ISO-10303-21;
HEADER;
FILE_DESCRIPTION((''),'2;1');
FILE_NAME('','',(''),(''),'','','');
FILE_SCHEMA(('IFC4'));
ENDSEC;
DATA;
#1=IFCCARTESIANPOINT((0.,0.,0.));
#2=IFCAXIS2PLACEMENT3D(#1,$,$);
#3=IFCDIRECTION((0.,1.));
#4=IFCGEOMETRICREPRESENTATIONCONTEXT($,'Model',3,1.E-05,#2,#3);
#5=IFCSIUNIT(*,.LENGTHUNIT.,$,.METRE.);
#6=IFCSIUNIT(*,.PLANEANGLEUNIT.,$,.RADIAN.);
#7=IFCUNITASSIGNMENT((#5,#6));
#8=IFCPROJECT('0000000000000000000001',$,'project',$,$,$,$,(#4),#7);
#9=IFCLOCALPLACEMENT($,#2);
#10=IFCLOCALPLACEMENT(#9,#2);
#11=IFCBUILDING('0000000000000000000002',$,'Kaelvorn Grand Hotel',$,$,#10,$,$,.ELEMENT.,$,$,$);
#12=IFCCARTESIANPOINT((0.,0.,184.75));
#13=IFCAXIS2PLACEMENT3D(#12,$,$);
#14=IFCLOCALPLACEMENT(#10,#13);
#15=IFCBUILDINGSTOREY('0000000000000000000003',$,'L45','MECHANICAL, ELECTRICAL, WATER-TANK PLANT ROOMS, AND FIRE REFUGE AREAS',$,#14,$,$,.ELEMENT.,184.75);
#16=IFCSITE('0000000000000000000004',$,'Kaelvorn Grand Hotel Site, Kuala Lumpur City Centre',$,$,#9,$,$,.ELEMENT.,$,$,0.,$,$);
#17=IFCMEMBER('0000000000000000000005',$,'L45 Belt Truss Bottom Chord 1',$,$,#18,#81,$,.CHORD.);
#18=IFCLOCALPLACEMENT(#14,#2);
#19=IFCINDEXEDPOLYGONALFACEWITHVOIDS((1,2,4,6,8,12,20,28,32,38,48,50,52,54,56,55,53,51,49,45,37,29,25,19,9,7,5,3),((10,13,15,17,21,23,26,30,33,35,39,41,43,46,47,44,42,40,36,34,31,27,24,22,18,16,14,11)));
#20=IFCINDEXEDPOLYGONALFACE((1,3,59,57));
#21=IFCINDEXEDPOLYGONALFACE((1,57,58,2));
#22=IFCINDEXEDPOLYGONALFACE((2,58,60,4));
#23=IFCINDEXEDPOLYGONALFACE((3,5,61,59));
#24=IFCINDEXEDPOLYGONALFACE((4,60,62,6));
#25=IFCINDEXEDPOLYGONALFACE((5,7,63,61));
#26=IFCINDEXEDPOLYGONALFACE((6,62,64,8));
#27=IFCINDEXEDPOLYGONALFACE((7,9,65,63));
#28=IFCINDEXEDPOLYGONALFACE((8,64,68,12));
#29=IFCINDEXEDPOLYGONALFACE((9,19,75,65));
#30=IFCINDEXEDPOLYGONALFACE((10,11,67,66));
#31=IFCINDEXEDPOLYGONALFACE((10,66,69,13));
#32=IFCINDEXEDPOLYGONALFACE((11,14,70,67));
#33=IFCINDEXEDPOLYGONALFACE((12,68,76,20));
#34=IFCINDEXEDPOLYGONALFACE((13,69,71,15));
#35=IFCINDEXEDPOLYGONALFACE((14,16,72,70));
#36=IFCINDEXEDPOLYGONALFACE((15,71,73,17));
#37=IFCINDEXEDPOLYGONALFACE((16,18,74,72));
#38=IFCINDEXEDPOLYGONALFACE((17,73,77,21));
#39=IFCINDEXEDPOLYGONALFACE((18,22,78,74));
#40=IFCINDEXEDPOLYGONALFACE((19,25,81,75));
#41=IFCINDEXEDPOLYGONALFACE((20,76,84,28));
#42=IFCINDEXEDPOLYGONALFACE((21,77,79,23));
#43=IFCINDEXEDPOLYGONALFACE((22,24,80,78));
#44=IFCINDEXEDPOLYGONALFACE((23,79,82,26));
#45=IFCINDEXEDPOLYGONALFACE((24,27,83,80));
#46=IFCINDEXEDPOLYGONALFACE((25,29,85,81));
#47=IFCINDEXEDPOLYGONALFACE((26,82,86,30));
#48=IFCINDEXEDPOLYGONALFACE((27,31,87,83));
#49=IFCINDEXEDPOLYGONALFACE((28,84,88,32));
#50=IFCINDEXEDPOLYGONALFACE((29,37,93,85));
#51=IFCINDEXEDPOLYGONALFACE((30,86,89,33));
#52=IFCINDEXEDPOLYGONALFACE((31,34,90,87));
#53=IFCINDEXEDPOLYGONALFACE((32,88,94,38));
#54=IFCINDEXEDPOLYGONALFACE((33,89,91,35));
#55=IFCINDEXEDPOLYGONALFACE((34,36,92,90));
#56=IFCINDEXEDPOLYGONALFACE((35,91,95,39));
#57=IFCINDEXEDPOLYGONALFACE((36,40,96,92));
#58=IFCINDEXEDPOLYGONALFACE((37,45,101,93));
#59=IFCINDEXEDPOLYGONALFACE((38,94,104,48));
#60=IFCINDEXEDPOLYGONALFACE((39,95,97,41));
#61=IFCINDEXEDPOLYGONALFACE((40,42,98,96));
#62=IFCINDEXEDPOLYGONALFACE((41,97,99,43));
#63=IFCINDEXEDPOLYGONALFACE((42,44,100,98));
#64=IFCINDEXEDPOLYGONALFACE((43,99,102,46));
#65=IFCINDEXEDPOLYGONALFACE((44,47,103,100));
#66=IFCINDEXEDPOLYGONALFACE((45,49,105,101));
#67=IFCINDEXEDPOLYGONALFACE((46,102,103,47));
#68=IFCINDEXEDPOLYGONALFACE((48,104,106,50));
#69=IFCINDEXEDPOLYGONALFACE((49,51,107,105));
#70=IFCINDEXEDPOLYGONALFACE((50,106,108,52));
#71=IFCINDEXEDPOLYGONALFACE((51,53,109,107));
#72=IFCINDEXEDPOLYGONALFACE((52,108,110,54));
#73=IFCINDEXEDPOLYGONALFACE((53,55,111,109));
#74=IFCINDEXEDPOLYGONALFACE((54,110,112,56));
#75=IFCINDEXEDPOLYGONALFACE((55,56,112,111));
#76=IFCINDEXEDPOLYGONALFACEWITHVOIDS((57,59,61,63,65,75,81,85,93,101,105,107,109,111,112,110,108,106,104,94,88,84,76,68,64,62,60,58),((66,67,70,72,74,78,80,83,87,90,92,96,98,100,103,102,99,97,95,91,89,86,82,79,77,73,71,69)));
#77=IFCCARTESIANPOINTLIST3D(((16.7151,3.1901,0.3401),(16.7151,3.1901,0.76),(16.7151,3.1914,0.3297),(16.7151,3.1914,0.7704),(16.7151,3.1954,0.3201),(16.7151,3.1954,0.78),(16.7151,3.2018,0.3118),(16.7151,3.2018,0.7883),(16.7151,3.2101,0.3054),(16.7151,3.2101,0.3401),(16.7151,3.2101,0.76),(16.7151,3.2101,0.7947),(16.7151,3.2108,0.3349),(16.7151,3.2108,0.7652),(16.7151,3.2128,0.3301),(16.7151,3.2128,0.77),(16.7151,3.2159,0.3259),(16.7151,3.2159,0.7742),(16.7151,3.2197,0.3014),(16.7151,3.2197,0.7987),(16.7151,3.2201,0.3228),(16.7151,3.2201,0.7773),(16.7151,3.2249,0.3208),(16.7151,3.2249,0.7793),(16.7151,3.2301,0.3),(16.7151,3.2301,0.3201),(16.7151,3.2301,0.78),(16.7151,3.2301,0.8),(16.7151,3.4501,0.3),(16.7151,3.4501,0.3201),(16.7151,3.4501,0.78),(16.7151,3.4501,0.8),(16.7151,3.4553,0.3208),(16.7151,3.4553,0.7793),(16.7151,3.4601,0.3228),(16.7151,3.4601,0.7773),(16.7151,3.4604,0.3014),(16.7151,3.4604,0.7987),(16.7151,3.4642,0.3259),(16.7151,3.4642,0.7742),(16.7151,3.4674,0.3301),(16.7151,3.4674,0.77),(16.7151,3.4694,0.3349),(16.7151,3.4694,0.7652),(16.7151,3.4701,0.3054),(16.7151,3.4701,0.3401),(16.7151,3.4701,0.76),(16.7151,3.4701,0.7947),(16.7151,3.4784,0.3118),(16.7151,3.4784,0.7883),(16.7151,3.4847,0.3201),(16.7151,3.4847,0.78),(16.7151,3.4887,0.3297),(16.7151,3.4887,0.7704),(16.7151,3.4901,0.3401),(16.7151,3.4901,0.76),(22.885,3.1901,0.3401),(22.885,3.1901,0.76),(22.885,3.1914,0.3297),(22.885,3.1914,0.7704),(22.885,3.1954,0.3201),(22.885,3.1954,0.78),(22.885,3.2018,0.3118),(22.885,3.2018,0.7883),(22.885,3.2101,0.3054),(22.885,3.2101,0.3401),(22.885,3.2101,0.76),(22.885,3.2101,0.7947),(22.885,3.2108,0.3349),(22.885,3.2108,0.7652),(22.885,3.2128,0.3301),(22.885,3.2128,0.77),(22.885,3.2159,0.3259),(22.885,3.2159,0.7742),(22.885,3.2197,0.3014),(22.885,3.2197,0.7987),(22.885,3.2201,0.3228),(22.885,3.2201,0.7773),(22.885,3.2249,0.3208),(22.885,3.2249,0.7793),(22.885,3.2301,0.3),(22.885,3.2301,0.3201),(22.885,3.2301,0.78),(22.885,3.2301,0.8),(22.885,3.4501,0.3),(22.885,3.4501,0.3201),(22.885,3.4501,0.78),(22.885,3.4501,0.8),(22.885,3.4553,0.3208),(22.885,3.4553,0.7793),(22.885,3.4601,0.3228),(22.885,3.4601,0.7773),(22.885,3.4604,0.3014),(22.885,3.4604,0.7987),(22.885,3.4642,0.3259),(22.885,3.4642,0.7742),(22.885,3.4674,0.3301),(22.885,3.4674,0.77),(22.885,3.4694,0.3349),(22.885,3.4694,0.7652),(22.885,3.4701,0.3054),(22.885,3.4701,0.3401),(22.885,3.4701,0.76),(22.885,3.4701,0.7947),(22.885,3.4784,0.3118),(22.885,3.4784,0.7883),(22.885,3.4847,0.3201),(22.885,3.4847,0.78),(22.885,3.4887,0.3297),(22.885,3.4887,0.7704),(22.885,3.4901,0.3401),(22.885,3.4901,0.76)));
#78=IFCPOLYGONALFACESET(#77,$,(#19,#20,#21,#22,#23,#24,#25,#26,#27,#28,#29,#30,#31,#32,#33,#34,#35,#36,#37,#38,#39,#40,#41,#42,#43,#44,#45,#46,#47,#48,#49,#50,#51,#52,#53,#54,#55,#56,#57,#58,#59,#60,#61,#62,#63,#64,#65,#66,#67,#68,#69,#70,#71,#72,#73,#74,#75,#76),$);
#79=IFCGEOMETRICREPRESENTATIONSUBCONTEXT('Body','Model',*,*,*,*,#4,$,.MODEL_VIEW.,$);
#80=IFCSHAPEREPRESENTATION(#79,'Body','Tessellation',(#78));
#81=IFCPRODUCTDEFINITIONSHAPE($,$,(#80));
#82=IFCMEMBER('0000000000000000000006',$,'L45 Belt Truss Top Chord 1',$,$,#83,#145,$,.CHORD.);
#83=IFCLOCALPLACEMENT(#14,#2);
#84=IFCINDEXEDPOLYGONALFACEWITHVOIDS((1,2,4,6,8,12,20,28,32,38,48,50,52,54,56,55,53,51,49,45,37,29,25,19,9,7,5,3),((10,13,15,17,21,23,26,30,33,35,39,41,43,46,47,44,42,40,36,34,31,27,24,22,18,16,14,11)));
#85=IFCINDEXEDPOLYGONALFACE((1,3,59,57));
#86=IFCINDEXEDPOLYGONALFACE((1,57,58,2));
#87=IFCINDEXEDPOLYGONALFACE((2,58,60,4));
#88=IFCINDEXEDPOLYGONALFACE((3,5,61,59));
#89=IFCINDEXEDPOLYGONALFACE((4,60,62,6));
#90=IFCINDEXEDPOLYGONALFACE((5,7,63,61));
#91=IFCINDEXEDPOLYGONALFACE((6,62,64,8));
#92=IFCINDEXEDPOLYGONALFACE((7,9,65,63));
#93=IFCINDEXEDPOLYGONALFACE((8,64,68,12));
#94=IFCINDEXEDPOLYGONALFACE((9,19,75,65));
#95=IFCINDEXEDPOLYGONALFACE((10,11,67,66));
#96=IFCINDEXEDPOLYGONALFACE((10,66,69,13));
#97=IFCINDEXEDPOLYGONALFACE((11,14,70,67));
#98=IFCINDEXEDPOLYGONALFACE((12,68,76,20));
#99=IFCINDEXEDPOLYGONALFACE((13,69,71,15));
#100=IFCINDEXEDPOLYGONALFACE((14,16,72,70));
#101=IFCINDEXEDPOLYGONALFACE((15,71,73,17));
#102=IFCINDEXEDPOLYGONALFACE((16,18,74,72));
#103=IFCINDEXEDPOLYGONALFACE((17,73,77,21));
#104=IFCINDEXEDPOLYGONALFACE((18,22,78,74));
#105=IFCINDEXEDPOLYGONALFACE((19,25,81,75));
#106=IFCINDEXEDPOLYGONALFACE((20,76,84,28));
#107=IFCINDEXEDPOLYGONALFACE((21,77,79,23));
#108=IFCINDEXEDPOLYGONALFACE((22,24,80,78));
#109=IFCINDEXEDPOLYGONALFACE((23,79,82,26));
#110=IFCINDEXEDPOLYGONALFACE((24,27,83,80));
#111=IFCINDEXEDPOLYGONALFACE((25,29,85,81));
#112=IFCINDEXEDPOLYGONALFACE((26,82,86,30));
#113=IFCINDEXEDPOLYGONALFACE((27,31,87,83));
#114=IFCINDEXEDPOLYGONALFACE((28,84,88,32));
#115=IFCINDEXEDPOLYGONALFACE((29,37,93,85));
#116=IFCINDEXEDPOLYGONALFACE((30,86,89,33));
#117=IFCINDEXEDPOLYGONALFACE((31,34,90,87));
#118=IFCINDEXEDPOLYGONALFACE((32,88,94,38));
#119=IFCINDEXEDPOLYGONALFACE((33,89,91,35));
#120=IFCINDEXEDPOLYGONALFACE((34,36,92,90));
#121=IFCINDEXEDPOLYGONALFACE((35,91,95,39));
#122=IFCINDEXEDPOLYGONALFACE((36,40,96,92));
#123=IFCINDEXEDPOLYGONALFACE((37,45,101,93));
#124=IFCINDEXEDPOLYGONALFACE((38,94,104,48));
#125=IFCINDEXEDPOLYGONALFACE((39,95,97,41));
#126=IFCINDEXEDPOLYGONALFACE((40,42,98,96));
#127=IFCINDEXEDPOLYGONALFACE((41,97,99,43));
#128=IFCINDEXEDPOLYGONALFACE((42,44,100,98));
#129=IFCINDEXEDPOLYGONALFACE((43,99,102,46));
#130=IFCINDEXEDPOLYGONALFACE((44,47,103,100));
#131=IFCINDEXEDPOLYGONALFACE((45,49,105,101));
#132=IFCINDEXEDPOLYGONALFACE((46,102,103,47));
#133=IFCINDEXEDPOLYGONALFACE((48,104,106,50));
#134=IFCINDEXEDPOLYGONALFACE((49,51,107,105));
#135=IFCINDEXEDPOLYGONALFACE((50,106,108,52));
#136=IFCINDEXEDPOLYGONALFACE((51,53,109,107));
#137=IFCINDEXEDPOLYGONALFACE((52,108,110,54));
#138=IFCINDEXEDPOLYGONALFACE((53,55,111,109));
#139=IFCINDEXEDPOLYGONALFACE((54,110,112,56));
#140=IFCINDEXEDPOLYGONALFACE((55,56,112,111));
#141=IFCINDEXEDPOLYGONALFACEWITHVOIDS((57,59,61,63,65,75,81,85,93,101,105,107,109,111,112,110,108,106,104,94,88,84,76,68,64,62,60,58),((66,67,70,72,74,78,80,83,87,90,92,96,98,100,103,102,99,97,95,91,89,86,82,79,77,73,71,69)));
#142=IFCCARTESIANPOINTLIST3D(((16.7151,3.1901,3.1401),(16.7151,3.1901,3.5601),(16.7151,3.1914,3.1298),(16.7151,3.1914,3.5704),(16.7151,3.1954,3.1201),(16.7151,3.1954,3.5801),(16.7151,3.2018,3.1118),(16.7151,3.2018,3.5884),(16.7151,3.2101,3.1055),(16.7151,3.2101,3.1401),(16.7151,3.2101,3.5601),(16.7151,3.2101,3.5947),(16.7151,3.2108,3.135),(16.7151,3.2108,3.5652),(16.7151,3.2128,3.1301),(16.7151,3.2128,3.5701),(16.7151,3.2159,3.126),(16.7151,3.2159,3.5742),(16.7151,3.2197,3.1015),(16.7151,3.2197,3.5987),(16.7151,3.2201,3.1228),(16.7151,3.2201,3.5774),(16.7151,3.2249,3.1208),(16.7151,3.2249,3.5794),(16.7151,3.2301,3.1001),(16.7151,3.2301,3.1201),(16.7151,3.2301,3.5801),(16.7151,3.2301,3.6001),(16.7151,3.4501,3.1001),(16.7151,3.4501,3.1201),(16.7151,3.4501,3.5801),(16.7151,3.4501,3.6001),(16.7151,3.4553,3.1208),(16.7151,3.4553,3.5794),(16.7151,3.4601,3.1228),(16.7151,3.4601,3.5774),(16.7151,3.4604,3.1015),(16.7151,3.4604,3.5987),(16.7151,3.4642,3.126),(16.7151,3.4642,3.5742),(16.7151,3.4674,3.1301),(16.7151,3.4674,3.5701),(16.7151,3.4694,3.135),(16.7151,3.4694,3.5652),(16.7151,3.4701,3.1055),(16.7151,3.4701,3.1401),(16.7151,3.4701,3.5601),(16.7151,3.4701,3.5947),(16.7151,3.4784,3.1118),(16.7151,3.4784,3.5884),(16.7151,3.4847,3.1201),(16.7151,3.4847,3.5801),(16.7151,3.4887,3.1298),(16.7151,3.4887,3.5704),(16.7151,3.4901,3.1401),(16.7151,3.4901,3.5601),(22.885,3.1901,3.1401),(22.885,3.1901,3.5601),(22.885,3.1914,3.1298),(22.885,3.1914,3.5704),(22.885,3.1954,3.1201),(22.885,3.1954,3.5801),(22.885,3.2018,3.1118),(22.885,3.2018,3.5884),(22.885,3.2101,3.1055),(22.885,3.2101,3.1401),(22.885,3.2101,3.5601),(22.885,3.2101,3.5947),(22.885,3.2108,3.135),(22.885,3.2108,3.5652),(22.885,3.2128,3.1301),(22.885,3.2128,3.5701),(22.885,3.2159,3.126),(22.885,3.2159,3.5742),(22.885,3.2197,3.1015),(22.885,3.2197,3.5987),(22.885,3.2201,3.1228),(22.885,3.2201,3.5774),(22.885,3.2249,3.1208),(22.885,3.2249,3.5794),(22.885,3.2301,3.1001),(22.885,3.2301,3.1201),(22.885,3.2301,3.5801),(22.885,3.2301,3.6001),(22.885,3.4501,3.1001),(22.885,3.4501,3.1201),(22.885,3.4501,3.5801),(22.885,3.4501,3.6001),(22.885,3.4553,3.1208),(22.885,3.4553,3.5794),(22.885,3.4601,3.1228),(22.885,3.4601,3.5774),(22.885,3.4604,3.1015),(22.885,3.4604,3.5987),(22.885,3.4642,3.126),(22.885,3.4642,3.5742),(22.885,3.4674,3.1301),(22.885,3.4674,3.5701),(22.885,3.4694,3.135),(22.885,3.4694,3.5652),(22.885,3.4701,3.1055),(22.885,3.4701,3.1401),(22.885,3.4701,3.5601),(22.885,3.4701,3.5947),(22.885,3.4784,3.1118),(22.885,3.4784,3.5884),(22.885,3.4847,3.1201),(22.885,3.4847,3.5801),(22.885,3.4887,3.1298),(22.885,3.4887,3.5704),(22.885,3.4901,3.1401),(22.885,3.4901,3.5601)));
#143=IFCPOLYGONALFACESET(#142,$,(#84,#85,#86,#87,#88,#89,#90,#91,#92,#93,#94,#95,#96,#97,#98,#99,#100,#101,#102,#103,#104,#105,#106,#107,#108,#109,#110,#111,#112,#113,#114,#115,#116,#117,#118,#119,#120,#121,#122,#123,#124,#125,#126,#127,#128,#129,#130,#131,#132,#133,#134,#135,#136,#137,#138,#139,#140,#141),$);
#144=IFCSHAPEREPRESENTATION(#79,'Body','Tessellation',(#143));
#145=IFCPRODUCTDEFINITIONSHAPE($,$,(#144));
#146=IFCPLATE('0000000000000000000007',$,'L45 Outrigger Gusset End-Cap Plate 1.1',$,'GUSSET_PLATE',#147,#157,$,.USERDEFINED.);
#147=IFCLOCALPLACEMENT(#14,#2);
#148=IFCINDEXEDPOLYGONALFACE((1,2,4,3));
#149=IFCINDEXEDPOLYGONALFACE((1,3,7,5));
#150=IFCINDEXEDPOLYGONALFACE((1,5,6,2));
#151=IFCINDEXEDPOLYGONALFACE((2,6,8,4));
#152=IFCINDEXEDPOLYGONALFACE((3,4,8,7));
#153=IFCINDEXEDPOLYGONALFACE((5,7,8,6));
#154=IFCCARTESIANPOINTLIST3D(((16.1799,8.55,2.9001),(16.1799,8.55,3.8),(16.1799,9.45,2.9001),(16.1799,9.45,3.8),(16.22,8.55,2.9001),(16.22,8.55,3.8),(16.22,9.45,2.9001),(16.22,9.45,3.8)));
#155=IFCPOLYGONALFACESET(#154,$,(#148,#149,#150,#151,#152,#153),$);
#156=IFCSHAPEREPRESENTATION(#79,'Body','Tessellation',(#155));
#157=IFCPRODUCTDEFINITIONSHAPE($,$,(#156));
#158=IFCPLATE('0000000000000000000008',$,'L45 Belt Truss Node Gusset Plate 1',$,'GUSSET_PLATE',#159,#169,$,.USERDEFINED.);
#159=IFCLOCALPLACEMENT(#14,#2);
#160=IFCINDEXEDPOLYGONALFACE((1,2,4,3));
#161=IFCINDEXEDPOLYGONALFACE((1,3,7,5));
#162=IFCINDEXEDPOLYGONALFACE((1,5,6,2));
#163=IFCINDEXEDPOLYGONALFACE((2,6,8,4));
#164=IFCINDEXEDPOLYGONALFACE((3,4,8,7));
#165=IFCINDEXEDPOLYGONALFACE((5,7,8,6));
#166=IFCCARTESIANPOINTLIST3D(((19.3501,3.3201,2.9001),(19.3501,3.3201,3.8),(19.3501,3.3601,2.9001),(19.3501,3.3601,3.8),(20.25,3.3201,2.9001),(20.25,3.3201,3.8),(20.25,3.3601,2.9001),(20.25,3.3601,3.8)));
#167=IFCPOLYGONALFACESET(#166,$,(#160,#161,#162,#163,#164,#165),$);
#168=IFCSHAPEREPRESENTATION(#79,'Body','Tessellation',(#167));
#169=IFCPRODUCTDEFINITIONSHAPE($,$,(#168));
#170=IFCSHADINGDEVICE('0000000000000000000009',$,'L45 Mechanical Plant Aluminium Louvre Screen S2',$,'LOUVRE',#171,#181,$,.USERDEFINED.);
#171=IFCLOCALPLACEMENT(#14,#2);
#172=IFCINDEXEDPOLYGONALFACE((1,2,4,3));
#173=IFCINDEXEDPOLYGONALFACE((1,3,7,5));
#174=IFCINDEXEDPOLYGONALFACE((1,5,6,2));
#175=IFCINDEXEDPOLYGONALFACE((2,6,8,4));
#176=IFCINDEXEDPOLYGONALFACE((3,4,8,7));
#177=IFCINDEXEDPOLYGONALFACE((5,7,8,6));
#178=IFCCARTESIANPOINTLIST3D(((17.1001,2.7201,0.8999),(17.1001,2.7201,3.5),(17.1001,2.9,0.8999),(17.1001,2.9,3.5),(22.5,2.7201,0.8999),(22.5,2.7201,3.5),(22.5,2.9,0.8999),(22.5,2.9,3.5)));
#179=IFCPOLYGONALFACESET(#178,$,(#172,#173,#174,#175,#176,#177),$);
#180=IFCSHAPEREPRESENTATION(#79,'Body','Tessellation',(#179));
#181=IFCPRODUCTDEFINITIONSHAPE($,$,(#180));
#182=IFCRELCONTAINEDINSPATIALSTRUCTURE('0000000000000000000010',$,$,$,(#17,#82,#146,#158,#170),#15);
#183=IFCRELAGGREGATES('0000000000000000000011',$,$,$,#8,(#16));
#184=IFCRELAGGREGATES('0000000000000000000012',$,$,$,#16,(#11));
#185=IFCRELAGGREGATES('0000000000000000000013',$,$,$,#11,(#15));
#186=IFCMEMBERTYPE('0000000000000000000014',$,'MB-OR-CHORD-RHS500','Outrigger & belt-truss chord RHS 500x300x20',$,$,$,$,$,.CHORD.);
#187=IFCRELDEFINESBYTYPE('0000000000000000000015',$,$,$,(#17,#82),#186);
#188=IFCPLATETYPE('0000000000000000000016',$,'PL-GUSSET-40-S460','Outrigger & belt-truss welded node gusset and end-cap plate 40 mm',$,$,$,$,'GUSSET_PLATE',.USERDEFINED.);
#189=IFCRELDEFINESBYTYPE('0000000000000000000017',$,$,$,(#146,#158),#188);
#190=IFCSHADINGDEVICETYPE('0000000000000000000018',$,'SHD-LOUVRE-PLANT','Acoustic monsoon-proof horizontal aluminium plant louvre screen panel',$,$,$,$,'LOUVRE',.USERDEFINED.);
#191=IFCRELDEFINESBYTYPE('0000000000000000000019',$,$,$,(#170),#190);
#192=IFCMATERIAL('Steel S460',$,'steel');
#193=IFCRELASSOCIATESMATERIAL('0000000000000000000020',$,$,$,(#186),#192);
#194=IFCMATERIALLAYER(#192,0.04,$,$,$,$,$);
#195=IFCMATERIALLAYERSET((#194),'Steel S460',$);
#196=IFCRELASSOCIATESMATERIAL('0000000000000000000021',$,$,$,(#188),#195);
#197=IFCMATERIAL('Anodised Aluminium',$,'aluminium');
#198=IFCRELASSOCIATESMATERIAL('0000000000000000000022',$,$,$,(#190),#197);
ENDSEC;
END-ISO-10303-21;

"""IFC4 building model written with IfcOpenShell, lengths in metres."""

from ifc_helpers import new_model, si_unit, direction, frame, origin, origin_2d, place, context, subcontext, project, spatial, rectangle, hollow_rectangle, extrude, material, layer, layer_set, material_profile, profile_set, type_object, element, save


model = new_model("IFC4")

# Units and contexts
model_context = context("Model", 3, precision=1e-05, world=origin(), true_north=direction((0.0, 1.0)))
body_context = subcontext(model_context, "Body", "Model", "MODEL_VIEW")
ifc_project = project(units=[si_unit("LENGTHUNIT", "METRE"), si_unit("PLANEANGLEUNIT", "RADIAN")], contexts=[model_context])

# Site, building, storey
site_placement = place(None, origin())
site = spatial("IfcSite", under=ifc_project, at=site_placement, Name="Kaelvorn Grand Hotel Site, Kuala Lumpur City Centre", CompositionType="ELEMENT", RefElevation=0.0)
building_placement = place(site_placement, origin())
building = spatial("IfcBuilding", under=site, at=building_placement, Name="Kaelvorn Grand Hotel", CompositionType="ELEMENT")
storey_placement = place(building_placement, frame((0.0, 0.0, 184.75)))
storey = spatial("IfcBuildingStorey", under=building, at=storey_placement, Name="L45", Description="MECHANICAL, ELECTRICAL, WATER-TANK PLANT ROOMS, AND FIRE REFUGE AREAS", CompositionType="ELEMENT", Elevation=184.75)

# Shared definitions
ifc_material_1 = material(Name="Steel S460", Category="steel")

# Members
ifc_material_profile_1 = material_profile(ifc_material_1, hollow_rectangle(XDim=0.3, YDim=0.5, WallThickness=0.02, InnerFilletRadius=0.02, OuterFilletRadius=0.04, at=origin_2d()), Name="RHS 500x300x20.0")
ifc_profile_set_1 = profile_set([ifc_material_profile_1], Name="Steel S460")
member_type_1 = type_object("IfcMemberType", Name="MB-OR-CHORD-RHS500", Description="Outrigger & belt-truss chord RHS 500x300x20", PredefinedType="CHORD", material=ifc_profile_set_1)
for number, where, z_axis, x_axis, name in (
    (1, (16.7151, 3.3401, 0.55), (1.0, 0.0, 0.0), (0.0, 1.0, 0.0), "L45 Belt Truss Bottom Chord 1"),
    (2, (16.7151, 3.3401, 3.3501), (1.0, 0.0, 0.0), (0.0, 1.0, 0.0), "L45 Belt Truss Top Chord 1"),
):
    element("IfcMember", number, at=place(storey_placement, frame(where, z_axis=z_axis, x_axis=x_axis)), inside=storey, type_object=member_type_1, Name=name, PredefinedType="CHORD", context=body_context, shape_type="SweptSolid", body=[
        extrude(hollow_rectangle(XDim=0.3, YDim=0.5, WallThickness=0.02, InnerFilletRadius=0.02, OuterFilletRadius=0.04, at=origin_2d()), origin(), (0.0, 0.0, 1.0), 6.1699),
    ])

# Plates
ifc_layer = layer(ifc_material_1, 0.04)
ifc_layer_set = layer_set([ifc_layer], Name="Steel S460")
plate_type = type_object("IfcPlateType", Name="PL-GUSSET-40-S460", Description="Outrigger & belt-truss welded node gusset and end-cap plate 40 mm", ElementType="GUSSET_PLATE", PredefinedType="USERDEFINED", material=ifc_layer_set)
plate_1_placement = place(storey_placement, frame((16.2, 9.0, 2.9001), z_axis=(0.0, 0.0, 1.0), x_axis=(1.0, 0.0, 0.0)))
element("IfcPlate", 3, at=plate_1_placement, inside=storey, type_object=plate_type, Name="L45 Outrigger Gusset End-Cap Plate 1.1", ObjectType="GUSSET_PLATE", PredefinedType="USERDEFINED", context=body_context, shape_type="SweptSolid", body=[
    extrude(rectangle(XDim=0.04, YDim=0.8999, at=origin_2d()), origin(), (0.0, 0.0, 1.0), 0.8999),
])
plate_2_placement = place(storey_placement, frame((19.8, 3.3401, 2.9001), z_axis=(0.0, 0.0, 1.0), x_axis=(1.0, 0.0, 0.0)))
element("IfcPlate", 4, at=plate_2_placement, inside=storey, type_object=plate_type, Name="L45 Belt Truss Node Gusset Plate 1", ObjectType="GUSSET_PLATE", PredefinedType="USERDEFINED", context=body_context, shape_type="SweptSolid", body=[
    extrude(rectangle(XDim=0.8999, YDim=0.04, at=origin_2d()), origin(), (0.0, 0.0, 1.0), 0.8999),
])

# Shading device
ifc_material_2 = material(Name="Anodised Aluminium", Category="aluminium")
shading_device_type = type_object("IfcShadingDeviceType", Name="SHD-LOUVRE-PLANT", Description="Acoustic monsoon-proof horizontal aluminium plant louvre screen panel", ElementType="LOUVRE", PredefinedType="USERDEFINED", material=ifc_material_2)
shading_device_placement = place(storey_placement, frame((19.8, 2.8101, 0.8999), z_axis=(0.0, 0.0, 1.0), x_axis=(1.0, 0.0, 0.0)))
element("IfcShadingDevice", 5, at=shading_device_placement, inside=storey, type_object=shading_device_type, Name="L45 Mechanical Plant Aluminium Louvre Screen S2", ObjectType="LOUVRE", PredefinedType="USERDEFINED", context=body_context, shape_type="SweptSolid", body=[
    extrude(rectangle(XDim=5.3999, YDim=0.1799, at=origin_2d()), origin(), (0.0, 0.0, 1.0), 2.6001),
])

save(model, "model.ifc")
